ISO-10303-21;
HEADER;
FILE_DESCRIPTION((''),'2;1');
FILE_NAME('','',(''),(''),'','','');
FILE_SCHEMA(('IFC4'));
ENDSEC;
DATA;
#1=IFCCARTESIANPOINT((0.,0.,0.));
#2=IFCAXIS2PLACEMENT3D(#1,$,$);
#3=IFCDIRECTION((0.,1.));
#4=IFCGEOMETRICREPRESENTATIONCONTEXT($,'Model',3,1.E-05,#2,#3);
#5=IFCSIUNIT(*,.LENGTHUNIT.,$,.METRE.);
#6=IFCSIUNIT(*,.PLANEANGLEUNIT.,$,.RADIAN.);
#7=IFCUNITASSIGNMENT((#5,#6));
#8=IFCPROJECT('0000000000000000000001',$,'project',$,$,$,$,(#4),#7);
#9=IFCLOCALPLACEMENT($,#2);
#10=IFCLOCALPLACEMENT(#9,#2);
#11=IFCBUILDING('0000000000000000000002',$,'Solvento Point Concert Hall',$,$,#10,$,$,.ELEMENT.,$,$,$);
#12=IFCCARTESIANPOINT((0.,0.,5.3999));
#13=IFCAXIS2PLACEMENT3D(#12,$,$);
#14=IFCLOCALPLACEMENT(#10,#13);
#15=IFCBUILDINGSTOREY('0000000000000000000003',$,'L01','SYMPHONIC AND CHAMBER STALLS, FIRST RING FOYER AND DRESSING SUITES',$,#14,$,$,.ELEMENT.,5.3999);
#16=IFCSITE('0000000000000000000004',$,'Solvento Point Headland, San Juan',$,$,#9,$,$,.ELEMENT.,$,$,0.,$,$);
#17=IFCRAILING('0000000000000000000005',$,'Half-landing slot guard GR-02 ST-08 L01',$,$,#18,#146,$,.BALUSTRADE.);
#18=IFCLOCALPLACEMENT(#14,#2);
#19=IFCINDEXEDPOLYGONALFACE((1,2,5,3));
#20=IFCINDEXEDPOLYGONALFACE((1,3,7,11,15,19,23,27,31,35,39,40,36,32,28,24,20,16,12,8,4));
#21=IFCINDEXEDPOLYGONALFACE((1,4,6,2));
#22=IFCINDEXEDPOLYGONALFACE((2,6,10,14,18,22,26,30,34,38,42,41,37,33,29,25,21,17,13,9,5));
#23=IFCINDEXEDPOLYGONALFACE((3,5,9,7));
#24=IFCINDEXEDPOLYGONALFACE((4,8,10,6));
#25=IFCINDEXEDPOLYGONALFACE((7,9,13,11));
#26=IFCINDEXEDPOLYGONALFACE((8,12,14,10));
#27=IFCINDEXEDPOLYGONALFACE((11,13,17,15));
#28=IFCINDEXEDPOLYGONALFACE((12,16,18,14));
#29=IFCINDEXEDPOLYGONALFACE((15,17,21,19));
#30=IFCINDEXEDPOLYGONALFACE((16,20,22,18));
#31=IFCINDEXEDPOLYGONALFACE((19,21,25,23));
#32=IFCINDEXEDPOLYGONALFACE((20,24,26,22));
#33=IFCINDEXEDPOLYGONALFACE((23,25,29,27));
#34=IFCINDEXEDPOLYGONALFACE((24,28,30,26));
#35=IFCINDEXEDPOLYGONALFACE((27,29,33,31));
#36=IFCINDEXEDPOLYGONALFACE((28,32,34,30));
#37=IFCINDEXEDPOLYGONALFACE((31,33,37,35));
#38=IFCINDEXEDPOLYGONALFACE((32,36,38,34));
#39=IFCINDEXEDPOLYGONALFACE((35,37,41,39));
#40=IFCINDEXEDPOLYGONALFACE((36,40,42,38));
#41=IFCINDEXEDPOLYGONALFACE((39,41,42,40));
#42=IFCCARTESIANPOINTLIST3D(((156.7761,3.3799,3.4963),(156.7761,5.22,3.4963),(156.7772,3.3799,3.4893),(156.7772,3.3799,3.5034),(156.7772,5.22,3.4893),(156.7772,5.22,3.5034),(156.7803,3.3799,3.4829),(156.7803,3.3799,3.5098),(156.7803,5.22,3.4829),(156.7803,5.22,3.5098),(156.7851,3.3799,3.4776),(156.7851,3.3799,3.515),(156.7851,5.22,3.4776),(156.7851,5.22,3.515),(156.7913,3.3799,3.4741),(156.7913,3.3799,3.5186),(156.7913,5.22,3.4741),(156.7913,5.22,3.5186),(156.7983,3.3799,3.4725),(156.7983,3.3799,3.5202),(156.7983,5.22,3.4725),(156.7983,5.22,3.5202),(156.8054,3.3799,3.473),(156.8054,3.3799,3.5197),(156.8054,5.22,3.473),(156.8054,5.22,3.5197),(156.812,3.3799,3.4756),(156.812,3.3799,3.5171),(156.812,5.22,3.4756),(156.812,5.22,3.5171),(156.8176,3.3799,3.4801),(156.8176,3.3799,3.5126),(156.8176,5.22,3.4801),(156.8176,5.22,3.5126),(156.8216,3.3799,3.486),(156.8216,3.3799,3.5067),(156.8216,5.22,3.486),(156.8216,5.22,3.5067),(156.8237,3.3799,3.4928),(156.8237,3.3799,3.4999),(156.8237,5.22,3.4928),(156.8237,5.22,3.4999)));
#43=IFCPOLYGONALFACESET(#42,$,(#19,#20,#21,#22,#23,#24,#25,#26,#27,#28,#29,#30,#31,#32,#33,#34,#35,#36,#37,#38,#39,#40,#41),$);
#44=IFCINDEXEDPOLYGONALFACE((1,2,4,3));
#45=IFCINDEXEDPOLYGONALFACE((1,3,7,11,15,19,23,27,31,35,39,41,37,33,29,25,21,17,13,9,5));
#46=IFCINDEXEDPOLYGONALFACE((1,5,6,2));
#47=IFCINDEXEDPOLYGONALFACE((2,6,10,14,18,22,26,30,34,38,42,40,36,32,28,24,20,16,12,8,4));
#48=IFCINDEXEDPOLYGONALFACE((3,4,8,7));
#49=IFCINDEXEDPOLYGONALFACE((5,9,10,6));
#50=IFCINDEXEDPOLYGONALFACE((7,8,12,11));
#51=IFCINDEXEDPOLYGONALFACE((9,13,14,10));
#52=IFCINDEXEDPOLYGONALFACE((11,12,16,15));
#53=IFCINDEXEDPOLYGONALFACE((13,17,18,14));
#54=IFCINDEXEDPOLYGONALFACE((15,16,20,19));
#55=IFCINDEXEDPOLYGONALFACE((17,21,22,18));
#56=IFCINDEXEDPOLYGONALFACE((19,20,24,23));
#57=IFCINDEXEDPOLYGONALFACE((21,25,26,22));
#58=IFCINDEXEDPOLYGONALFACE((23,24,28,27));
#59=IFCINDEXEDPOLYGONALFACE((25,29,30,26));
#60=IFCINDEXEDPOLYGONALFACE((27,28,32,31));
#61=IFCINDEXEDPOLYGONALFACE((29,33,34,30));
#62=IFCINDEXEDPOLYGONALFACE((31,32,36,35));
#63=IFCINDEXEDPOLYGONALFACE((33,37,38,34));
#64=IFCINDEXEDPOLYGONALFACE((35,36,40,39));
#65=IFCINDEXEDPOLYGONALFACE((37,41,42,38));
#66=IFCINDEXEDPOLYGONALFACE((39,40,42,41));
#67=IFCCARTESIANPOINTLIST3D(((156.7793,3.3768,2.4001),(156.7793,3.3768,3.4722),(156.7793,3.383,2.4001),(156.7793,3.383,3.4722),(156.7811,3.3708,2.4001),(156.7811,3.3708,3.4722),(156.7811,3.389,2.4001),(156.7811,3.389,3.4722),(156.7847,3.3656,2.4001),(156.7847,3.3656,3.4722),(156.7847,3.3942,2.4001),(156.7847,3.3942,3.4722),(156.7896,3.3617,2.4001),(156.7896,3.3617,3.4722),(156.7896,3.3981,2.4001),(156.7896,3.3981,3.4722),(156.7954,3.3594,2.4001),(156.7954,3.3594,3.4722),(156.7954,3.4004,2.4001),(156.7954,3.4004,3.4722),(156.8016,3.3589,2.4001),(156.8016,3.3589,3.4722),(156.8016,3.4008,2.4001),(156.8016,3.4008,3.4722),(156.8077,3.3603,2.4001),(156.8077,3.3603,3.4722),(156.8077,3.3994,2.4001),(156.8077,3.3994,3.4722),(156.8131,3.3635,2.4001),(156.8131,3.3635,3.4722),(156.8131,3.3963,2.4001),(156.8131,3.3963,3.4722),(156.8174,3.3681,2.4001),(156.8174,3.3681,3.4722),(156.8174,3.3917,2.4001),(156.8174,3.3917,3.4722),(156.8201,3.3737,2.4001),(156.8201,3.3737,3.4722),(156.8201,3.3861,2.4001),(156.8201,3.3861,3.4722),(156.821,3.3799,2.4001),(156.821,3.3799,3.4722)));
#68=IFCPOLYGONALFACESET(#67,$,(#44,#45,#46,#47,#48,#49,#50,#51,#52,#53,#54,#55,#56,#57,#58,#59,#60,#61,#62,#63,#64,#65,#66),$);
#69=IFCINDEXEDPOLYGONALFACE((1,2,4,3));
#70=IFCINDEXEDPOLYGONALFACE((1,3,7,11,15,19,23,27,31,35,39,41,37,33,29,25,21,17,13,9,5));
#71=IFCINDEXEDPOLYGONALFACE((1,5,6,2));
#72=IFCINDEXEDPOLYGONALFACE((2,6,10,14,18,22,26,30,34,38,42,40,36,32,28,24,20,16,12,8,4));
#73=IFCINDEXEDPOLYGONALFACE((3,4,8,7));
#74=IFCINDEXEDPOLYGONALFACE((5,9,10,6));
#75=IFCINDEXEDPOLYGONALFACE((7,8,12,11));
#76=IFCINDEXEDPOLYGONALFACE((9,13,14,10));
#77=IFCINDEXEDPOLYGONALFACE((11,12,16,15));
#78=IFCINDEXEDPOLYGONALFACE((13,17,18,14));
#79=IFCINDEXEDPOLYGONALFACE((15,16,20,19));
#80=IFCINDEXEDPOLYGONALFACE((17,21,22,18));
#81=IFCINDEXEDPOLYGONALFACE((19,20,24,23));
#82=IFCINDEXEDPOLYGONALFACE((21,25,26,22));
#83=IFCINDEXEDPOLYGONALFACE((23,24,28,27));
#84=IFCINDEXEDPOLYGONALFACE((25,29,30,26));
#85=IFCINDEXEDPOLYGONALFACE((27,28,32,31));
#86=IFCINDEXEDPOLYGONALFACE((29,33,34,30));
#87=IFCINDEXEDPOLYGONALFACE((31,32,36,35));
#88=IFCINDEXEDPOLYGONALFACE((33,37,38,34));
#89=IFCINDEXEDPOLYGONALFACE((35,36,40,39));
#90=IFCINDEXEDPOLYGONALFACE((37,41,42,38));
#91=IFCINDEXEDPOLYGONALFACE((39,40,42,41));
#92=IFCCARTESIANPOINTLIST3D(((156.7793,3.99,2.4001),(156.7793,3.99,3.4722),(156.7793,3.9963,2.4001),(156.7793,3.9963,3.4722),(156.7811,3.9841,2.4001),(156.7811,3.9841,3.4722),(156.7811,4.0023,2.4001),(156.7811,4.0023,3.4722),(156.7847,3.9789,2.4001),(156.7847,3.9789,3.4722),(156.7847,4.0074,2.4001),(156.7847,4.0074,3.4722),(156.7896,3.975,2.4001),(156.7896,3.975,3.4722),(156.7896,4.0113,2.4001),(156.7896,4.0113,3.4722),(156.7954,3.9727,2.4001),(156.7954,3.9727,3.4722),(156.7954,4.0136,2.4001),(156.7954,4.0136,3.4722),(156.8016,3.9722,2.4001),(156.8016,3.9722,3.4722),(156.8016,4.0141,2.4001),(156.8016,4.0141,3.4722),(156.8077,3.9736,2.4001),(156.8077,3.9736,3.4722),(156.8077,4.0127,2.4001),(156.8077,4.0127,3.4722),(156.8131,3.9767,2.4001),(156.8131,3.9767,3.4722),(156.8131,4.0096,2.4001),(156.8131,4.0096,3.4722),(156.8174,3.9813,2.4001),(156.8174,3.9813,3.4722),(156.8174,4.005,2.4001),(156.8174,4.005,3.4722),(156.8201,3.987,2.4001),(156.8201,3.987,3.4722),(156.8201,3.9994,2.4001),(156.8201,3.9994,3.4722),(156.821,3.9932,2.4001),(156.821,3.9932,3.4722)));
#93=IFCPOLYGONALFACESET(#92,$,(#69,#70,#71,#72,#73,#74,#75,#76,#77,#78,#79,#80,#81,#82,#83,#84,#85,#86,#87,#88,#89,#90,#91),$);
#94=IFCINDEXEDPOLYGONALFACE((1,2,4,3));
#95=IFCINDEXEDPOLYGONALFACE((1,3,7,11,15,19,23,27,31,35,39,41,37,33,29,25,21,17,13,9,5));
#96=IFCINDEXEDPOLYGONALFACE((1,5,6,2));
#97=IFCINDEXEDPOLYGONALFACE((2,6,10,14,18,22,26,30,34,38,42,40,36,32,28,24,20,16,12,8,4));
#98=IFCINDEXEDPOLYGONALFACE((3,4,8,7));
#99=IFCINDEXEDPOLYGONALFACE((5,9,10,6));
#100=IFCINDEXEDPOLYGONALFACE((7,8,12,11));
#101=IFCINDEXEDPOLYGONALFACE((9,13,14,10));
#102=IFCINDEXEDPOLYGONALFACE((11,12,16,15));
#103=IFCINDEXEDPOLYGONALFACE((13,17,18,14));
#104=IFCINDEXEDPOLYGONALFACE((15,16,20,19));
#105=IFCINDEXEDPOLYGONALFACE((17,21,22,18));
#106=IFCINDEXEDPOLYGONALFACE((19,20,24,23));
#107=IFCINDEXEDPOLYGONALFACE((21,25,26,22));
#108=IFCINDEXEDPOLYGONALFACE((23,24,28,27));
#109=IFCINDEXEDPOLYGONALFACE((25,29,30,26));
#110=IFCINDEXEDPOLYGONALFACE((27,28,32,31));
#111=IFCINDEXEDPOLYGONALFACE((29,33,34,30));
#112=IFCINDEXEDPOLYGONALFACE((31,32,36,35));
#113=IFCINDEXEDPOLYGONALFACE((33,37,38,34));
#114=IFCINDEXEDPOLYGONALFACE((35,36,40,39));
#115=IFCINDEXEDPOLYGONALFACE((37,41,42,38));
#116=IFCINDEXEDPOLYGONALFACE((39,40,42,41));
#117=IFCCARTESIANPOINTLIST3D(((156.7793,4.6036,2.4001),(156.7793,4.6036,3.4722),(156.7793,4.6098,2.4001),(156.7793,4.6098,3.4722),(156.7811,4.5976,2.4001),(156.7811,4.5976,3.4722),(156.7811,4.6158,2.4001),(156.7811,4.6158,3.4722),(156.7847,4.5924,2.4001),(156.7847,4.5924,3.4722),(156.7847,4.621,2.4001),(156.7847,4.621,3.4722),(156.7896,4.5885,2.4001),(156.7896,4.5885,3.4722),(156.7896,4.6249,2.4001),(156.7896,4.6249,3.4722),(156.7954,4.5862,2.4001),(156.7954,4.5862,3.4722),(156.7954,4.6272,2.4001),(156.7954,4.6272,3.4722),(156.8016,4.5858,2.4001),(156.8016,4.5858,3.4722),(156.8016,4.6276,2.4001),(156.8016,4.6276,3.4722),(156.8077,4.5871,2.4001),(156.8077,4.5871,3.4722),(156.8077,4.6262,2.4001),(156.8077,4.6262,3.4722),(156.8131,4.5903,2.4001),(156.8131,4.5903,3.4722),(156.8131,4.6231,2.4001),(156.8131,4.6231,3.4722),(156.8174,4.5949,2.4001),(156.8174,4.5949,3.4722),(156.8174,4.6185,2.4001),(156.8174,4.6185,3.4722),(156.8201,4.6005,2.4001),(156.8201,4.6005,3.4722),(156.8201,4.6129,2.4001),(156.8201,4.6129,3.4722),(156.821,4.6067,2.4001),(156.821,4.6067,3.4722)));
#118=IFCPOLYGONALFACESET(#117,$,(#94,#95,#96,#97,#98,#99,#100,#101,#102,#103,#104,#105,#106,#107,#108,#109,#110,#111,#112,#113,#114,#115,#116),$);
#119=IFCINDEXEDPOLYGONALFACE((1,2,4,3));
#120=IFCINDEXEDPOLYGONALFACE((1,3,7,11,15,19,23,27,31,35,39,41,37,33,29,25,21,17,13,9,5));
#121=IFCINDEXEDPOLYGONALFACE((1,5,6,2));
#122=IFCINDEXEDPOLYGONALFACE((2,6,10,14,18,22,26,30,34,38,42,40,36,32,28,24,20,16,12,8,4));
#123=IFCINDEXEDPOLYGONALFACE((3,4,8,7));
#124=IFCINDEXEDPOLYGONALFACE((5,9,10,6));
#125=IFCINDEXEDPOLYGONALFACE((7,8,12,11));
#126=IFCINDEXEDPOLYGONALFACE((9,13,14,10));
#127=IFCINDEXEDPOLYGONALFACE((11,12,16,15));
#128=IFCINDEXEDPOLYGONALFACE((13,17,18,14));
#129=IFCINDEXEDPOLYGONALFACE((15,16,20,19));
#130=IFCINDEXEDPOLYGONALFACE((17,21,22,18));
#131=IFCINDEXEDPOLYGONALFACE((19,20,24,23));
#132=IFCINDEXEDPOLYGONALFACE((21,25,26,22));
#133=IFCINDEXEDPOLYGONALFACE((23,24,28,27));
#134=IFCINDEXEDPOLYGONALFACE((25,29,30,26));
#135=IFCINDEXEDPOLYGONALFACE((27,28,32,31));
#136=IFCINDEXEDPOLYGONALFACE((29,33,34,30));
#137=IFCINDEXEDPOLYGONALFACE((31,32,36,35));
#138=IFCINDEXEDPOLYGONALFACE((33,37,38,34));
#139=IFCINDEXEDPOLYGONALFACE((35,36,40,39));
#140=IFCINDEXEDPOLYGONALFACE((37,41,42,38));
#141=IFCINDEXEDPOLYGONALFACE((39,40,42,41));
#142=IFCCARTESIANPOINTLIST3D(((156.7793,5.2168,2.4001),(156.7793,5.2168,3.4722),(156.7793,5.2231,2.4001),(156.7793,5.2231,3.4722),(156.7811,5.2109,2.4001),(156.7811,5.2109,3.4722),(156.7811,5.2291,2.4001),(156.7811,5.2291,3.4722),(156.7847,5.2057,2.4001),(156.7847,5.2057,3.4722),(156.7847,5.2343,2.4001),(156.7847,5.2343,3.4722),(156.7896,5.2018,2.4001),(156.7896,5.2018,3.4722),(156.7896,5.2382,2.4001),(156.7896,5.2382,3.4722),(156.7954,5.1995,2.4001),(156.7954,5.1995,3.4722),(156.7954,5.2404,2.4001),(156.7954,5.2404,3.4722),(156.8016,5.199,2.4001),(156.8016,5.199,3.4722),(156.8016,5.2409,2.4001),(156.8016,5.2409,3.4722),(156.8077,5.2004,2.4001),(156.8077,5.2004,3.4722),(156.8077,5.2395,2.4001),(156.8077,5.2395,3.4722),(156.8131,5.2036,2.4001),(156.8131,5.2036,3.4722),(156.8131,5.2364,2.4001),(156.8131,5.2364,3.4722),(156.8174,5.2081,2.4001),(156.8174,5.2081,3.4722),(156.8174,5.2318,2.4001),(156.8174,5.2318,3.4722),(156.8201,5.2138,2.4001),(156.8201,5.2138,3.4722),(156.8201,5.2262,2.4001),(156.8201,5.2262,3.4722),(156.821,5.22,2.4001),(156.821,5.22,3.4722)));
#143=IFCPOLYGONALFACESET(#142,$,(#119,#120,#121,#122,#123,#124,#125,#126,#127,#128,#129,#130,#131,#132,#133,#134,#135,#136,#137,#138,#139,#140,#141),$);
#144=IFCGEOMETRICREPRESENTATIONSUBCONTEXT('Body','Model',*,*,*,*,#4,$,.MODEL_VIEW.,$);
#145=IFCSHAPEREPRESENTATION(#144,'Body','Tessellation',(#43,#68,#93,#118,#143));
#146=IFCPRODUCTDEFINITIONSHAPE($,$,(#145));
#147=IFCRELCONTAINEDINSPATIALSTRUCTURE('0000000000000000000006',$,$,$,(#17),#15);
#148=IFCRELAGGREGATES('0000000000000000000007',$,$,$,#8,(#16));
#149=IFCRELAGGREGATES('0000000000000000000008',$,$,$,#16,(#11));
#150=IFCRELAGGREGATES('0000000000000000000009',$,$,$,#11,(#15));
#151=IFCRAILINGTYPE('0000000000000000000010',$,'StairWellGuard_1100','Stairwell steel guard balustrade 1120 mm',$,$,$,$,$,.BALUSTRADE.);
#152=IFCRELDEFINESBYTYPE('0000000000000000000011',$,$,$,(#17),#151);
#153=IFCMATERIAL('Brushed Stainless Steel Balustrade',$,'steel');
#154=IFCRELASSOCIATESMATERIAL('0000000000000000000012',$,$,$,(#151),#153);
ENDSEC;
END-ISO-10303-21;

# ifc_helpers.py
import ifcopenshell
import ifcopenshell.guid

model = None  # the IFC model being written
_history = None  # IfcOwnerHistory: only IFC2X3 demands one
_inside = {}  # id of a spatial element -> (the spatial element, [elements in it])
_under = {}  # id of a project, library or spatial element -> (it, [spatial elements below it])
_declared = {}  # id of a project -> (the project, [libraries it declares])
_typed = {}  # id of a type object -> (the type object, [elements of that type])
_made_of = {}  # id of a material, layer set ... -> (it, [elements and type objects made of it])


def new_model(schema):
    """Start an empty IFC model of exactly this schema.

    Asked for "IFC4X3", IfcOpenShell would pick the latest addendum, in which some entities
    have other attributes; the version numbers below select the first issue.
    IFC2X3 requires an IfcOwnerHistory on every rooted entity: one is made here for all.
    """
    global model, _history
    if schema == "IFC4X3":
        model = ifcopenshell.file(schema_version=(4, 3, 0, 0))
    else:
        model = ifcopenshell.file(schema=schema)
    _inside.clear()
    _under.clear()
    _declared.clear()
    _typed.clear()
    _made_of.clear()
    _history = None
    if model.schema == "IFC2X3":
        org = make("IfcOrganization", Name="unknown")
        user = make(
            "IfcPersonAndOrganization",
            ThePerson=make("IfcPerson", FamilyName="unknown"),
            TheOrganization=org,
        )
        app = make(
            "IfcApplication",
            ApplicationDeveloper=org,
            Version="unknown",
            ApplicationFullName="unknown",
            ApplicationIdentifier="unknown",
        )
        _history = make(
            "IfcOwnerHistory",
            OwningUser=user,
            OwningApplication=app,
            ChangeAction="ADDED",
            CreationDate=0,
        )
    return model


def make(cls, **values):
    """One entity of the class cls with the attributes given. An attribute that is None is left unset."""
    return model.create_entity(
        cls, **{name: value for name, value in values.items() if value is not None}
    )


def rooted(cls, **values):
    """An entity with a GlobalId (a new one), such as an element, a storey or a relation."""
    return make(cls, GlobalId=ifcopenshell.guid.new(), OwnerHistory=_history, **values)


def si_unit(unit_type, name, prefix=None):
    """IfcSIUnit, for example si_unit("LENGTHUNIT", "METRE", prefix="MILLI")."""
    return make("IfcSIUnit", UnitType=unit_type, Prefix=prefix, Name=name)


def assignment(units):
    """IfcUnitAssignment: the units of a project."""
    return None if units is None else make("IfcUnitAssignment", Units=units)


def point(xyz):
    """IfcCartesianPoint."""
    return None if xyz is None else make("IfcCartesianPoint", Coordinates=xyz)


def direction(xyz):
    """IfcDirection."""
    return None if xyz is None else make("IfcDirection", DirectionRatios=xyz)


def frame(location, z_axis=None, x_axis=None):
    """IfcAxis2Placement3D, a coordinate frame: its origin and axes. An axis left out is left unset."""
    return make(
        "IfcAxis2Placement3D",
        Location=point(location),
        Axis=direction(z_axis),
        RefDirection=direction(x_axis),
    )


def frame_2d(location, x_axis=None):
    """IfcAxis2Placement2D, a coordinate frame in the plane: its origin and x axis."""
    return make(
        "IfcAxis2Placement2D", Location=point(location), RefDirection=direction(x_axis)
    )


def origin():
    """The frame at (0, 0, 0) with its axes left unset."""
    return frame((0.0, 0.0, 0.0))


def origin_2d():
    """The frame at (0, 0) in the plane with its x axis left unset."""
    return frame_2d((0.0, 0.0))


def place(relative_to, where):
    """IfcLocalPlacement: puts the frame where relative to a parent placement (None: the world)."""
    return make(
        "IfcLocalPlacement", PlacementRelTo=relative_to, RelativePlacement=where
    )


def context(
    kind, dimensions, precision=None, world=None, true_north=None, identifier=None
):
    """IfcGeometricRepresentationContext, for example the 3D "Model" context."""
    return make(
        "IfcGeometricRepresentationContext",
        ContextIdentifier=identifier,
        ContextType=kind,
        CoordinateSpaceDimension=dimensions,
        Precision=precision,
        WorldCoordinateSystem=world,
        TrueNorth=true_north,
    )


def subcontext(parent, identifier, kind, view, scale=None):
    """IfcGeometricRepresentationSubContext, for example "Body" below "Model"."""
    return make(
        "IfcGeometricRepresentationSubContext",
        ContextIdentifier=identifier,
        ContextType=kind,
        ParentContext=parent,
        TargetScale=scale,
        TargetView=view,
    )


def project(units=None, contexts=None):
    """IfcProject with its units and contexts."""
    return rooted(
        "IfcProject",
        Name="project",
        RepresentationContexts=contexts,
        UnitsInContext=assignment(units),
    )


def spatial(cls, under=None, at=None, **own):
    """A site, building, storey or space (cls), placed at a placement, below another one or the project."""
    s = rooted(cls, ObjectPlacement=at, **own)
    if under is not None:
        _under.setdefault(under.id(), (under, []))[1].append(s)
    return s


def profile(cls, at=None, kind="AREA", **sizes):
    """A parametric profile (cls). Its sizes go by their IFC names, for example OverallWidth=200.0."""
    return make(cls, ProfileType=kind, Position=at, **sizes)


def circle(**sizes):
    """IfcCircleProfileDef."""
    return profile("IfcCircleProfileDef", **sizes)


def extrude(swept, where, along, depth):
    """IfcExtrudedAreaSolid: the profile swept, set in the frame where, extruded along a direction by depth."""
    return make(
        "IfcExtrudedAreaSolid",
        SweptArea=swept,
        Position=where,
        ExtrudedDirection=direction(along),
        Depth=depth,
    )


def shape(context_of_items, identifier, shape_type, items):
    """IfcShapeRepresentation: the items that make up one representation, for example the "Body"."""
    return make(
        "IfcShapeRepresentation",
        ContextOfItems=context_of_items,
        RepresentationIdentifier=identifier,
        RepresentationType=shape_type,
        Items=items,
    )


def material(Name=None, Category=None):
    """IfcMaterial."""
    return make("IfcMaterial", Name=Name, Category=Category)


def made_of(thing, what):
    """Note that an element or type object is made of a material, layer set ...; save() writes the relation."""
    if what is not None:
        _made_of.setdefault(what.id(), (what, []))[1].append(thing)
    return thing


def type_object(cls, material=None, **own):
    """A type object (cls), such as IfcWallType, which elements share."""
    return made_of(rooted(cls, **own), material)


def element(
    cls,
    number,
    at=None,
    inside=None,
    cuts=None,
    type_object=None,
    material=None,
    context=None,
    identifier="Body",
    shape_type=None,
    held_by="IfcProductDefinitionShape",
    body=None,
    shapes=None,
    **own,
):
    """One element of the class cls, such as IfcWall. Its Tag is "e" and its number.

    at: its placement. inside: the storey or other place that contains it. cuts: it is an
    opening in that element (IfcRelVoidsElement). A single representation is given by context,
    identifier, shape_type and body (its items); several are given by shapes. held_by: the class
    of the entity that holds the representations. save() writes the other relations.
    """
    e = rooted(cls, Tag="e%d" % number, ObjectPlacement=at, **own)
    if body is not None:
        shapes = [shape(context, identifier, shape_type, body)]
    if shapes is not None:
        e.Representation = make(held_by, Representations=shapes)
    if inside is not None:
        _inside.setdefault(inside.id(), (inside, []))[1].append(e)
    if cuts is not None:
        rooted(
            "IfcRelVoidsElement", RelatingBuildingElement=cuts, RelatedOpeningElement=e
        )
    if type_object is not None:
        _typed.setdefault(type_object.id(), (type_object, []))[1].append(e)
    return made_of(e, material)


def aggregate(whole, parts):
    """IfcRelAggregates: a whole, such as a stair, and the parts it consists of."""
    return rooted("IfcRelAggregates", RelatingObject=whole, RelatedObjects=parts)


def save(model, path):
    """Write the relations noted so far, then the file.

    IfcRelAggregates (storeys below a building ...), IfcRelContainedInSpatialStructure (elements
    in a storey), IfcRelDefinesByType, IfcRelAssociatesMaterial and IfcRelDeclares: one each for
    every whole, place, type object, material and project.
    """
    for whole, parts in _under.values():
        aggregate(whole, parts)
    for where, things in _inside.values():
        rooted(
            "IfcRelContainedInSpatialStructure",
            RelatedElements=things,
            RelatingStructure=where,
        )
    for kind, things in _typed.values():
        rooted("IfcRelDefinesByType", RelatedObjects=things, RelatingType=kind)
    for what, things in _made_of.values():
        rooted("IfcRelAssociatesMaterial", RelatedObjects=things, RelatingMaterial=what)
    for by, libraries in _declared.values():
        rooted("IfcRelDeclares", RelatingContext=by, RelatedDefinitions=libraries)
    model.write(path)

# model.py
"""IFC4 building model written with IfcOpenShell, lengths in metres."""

from ifc_helpers import new_model, si_unit, direction, frame, origin, origin_2d, place, context, subcontext, project, spatial, circle, extrude, material, type_object, element, save


model = new_model("IFC4")

# Units and contexts
model_context = context("Model", 3, precision=1e-05, world=origin(), true_north=direction((0.0, 1.0)))
body_context = subcontext(model_context, "Body", "Model", "MODEL_VIEW")
ifc_project = project(units=[si_unit("LENGTHUNIT", "METRE"), si_unit("PLANEANGLEUNIT", "RADIAN")], contexts=[model_context])

# Site, building, storey
site_placement = place(None, origin())
site = spatial("IfcSite", under=ifc_project, at=site_placement, Name="Solvento Point Headland, San Juan", CompositionType="ELEMENT", RefElevation=0.0)
building_placement = place(site_placement, origin())
building = spatial("IfcBuilding", under=site, at=building_placement, Name="Solvento Point Concert Hall", CompositionType="ELEMENT")
storey_placement = place(building_placement, frame((0.0, 0.0, 5.3999)))
storey = spatial("IfcBuildingStorey", under=building, at=storey_placement, Name="L01", Description="SYMPHONIC AND CHAMBER STALLS, FIRST RING FOYER AND DRESSING SUITES", CompositionType="ELEMENT", Elevation=5.3999)

# Railing
ifc_material_1 = material(Name="Brushed Stainless Steel Balustrade", Category="steel")
railing_type_1 = type_object("IfcRailingType", Name="StairWellGuard_1100", Description="Stairwell steel guard balustrade 1120 mm", PredefinedType="BALUSTRADE", material=ifc_material_1)
railing_1_placement = place(storey_placement, frame((156.8, 3.3799, 2.4001)))
element("IfcRailing", 1, at=railing_1_placement, inside=storey, type_object=railing_type_1, Name="Half-landing slot guard GR-02 ST-08 L01", PredefinedType="BALUSTRADE", context=body_context, shape_type="SweptSolid", body=[
    extrude(circle(Radius=0.0239, at=origin_2d()), frame((0.0, 0.0, 1.0962), z_axis=(0.0, 1.0, 0.0), x_axis=(-1.0, 0.0, 0.0)), (0.0, 0.0, 1.0), 1.8401),
    extrude(circle(Radius=0.021, at=origin_2d()), origin(), (0.0, 0.0, 1.0), 1.072),
    extrude(circle(Radius=0.021, at=origin_2d()), frame((0.0, 0.6133, 0.0)), (0.0, 0.0, 1.0), 1.072),
    extrude(circle(Radius=0.021, at=origin_2d()), frame((0.0, 1.2268, 0.0)), (0.0, 0.0, 1.0), 1.072),
    extrude(circle(Radius=0.021, at=origin_2d()), frame((0.0, 1.8401, 0.0)), (0.0, 0.0, 1.0), 1.072),
])

save(model, "model.ifc")
